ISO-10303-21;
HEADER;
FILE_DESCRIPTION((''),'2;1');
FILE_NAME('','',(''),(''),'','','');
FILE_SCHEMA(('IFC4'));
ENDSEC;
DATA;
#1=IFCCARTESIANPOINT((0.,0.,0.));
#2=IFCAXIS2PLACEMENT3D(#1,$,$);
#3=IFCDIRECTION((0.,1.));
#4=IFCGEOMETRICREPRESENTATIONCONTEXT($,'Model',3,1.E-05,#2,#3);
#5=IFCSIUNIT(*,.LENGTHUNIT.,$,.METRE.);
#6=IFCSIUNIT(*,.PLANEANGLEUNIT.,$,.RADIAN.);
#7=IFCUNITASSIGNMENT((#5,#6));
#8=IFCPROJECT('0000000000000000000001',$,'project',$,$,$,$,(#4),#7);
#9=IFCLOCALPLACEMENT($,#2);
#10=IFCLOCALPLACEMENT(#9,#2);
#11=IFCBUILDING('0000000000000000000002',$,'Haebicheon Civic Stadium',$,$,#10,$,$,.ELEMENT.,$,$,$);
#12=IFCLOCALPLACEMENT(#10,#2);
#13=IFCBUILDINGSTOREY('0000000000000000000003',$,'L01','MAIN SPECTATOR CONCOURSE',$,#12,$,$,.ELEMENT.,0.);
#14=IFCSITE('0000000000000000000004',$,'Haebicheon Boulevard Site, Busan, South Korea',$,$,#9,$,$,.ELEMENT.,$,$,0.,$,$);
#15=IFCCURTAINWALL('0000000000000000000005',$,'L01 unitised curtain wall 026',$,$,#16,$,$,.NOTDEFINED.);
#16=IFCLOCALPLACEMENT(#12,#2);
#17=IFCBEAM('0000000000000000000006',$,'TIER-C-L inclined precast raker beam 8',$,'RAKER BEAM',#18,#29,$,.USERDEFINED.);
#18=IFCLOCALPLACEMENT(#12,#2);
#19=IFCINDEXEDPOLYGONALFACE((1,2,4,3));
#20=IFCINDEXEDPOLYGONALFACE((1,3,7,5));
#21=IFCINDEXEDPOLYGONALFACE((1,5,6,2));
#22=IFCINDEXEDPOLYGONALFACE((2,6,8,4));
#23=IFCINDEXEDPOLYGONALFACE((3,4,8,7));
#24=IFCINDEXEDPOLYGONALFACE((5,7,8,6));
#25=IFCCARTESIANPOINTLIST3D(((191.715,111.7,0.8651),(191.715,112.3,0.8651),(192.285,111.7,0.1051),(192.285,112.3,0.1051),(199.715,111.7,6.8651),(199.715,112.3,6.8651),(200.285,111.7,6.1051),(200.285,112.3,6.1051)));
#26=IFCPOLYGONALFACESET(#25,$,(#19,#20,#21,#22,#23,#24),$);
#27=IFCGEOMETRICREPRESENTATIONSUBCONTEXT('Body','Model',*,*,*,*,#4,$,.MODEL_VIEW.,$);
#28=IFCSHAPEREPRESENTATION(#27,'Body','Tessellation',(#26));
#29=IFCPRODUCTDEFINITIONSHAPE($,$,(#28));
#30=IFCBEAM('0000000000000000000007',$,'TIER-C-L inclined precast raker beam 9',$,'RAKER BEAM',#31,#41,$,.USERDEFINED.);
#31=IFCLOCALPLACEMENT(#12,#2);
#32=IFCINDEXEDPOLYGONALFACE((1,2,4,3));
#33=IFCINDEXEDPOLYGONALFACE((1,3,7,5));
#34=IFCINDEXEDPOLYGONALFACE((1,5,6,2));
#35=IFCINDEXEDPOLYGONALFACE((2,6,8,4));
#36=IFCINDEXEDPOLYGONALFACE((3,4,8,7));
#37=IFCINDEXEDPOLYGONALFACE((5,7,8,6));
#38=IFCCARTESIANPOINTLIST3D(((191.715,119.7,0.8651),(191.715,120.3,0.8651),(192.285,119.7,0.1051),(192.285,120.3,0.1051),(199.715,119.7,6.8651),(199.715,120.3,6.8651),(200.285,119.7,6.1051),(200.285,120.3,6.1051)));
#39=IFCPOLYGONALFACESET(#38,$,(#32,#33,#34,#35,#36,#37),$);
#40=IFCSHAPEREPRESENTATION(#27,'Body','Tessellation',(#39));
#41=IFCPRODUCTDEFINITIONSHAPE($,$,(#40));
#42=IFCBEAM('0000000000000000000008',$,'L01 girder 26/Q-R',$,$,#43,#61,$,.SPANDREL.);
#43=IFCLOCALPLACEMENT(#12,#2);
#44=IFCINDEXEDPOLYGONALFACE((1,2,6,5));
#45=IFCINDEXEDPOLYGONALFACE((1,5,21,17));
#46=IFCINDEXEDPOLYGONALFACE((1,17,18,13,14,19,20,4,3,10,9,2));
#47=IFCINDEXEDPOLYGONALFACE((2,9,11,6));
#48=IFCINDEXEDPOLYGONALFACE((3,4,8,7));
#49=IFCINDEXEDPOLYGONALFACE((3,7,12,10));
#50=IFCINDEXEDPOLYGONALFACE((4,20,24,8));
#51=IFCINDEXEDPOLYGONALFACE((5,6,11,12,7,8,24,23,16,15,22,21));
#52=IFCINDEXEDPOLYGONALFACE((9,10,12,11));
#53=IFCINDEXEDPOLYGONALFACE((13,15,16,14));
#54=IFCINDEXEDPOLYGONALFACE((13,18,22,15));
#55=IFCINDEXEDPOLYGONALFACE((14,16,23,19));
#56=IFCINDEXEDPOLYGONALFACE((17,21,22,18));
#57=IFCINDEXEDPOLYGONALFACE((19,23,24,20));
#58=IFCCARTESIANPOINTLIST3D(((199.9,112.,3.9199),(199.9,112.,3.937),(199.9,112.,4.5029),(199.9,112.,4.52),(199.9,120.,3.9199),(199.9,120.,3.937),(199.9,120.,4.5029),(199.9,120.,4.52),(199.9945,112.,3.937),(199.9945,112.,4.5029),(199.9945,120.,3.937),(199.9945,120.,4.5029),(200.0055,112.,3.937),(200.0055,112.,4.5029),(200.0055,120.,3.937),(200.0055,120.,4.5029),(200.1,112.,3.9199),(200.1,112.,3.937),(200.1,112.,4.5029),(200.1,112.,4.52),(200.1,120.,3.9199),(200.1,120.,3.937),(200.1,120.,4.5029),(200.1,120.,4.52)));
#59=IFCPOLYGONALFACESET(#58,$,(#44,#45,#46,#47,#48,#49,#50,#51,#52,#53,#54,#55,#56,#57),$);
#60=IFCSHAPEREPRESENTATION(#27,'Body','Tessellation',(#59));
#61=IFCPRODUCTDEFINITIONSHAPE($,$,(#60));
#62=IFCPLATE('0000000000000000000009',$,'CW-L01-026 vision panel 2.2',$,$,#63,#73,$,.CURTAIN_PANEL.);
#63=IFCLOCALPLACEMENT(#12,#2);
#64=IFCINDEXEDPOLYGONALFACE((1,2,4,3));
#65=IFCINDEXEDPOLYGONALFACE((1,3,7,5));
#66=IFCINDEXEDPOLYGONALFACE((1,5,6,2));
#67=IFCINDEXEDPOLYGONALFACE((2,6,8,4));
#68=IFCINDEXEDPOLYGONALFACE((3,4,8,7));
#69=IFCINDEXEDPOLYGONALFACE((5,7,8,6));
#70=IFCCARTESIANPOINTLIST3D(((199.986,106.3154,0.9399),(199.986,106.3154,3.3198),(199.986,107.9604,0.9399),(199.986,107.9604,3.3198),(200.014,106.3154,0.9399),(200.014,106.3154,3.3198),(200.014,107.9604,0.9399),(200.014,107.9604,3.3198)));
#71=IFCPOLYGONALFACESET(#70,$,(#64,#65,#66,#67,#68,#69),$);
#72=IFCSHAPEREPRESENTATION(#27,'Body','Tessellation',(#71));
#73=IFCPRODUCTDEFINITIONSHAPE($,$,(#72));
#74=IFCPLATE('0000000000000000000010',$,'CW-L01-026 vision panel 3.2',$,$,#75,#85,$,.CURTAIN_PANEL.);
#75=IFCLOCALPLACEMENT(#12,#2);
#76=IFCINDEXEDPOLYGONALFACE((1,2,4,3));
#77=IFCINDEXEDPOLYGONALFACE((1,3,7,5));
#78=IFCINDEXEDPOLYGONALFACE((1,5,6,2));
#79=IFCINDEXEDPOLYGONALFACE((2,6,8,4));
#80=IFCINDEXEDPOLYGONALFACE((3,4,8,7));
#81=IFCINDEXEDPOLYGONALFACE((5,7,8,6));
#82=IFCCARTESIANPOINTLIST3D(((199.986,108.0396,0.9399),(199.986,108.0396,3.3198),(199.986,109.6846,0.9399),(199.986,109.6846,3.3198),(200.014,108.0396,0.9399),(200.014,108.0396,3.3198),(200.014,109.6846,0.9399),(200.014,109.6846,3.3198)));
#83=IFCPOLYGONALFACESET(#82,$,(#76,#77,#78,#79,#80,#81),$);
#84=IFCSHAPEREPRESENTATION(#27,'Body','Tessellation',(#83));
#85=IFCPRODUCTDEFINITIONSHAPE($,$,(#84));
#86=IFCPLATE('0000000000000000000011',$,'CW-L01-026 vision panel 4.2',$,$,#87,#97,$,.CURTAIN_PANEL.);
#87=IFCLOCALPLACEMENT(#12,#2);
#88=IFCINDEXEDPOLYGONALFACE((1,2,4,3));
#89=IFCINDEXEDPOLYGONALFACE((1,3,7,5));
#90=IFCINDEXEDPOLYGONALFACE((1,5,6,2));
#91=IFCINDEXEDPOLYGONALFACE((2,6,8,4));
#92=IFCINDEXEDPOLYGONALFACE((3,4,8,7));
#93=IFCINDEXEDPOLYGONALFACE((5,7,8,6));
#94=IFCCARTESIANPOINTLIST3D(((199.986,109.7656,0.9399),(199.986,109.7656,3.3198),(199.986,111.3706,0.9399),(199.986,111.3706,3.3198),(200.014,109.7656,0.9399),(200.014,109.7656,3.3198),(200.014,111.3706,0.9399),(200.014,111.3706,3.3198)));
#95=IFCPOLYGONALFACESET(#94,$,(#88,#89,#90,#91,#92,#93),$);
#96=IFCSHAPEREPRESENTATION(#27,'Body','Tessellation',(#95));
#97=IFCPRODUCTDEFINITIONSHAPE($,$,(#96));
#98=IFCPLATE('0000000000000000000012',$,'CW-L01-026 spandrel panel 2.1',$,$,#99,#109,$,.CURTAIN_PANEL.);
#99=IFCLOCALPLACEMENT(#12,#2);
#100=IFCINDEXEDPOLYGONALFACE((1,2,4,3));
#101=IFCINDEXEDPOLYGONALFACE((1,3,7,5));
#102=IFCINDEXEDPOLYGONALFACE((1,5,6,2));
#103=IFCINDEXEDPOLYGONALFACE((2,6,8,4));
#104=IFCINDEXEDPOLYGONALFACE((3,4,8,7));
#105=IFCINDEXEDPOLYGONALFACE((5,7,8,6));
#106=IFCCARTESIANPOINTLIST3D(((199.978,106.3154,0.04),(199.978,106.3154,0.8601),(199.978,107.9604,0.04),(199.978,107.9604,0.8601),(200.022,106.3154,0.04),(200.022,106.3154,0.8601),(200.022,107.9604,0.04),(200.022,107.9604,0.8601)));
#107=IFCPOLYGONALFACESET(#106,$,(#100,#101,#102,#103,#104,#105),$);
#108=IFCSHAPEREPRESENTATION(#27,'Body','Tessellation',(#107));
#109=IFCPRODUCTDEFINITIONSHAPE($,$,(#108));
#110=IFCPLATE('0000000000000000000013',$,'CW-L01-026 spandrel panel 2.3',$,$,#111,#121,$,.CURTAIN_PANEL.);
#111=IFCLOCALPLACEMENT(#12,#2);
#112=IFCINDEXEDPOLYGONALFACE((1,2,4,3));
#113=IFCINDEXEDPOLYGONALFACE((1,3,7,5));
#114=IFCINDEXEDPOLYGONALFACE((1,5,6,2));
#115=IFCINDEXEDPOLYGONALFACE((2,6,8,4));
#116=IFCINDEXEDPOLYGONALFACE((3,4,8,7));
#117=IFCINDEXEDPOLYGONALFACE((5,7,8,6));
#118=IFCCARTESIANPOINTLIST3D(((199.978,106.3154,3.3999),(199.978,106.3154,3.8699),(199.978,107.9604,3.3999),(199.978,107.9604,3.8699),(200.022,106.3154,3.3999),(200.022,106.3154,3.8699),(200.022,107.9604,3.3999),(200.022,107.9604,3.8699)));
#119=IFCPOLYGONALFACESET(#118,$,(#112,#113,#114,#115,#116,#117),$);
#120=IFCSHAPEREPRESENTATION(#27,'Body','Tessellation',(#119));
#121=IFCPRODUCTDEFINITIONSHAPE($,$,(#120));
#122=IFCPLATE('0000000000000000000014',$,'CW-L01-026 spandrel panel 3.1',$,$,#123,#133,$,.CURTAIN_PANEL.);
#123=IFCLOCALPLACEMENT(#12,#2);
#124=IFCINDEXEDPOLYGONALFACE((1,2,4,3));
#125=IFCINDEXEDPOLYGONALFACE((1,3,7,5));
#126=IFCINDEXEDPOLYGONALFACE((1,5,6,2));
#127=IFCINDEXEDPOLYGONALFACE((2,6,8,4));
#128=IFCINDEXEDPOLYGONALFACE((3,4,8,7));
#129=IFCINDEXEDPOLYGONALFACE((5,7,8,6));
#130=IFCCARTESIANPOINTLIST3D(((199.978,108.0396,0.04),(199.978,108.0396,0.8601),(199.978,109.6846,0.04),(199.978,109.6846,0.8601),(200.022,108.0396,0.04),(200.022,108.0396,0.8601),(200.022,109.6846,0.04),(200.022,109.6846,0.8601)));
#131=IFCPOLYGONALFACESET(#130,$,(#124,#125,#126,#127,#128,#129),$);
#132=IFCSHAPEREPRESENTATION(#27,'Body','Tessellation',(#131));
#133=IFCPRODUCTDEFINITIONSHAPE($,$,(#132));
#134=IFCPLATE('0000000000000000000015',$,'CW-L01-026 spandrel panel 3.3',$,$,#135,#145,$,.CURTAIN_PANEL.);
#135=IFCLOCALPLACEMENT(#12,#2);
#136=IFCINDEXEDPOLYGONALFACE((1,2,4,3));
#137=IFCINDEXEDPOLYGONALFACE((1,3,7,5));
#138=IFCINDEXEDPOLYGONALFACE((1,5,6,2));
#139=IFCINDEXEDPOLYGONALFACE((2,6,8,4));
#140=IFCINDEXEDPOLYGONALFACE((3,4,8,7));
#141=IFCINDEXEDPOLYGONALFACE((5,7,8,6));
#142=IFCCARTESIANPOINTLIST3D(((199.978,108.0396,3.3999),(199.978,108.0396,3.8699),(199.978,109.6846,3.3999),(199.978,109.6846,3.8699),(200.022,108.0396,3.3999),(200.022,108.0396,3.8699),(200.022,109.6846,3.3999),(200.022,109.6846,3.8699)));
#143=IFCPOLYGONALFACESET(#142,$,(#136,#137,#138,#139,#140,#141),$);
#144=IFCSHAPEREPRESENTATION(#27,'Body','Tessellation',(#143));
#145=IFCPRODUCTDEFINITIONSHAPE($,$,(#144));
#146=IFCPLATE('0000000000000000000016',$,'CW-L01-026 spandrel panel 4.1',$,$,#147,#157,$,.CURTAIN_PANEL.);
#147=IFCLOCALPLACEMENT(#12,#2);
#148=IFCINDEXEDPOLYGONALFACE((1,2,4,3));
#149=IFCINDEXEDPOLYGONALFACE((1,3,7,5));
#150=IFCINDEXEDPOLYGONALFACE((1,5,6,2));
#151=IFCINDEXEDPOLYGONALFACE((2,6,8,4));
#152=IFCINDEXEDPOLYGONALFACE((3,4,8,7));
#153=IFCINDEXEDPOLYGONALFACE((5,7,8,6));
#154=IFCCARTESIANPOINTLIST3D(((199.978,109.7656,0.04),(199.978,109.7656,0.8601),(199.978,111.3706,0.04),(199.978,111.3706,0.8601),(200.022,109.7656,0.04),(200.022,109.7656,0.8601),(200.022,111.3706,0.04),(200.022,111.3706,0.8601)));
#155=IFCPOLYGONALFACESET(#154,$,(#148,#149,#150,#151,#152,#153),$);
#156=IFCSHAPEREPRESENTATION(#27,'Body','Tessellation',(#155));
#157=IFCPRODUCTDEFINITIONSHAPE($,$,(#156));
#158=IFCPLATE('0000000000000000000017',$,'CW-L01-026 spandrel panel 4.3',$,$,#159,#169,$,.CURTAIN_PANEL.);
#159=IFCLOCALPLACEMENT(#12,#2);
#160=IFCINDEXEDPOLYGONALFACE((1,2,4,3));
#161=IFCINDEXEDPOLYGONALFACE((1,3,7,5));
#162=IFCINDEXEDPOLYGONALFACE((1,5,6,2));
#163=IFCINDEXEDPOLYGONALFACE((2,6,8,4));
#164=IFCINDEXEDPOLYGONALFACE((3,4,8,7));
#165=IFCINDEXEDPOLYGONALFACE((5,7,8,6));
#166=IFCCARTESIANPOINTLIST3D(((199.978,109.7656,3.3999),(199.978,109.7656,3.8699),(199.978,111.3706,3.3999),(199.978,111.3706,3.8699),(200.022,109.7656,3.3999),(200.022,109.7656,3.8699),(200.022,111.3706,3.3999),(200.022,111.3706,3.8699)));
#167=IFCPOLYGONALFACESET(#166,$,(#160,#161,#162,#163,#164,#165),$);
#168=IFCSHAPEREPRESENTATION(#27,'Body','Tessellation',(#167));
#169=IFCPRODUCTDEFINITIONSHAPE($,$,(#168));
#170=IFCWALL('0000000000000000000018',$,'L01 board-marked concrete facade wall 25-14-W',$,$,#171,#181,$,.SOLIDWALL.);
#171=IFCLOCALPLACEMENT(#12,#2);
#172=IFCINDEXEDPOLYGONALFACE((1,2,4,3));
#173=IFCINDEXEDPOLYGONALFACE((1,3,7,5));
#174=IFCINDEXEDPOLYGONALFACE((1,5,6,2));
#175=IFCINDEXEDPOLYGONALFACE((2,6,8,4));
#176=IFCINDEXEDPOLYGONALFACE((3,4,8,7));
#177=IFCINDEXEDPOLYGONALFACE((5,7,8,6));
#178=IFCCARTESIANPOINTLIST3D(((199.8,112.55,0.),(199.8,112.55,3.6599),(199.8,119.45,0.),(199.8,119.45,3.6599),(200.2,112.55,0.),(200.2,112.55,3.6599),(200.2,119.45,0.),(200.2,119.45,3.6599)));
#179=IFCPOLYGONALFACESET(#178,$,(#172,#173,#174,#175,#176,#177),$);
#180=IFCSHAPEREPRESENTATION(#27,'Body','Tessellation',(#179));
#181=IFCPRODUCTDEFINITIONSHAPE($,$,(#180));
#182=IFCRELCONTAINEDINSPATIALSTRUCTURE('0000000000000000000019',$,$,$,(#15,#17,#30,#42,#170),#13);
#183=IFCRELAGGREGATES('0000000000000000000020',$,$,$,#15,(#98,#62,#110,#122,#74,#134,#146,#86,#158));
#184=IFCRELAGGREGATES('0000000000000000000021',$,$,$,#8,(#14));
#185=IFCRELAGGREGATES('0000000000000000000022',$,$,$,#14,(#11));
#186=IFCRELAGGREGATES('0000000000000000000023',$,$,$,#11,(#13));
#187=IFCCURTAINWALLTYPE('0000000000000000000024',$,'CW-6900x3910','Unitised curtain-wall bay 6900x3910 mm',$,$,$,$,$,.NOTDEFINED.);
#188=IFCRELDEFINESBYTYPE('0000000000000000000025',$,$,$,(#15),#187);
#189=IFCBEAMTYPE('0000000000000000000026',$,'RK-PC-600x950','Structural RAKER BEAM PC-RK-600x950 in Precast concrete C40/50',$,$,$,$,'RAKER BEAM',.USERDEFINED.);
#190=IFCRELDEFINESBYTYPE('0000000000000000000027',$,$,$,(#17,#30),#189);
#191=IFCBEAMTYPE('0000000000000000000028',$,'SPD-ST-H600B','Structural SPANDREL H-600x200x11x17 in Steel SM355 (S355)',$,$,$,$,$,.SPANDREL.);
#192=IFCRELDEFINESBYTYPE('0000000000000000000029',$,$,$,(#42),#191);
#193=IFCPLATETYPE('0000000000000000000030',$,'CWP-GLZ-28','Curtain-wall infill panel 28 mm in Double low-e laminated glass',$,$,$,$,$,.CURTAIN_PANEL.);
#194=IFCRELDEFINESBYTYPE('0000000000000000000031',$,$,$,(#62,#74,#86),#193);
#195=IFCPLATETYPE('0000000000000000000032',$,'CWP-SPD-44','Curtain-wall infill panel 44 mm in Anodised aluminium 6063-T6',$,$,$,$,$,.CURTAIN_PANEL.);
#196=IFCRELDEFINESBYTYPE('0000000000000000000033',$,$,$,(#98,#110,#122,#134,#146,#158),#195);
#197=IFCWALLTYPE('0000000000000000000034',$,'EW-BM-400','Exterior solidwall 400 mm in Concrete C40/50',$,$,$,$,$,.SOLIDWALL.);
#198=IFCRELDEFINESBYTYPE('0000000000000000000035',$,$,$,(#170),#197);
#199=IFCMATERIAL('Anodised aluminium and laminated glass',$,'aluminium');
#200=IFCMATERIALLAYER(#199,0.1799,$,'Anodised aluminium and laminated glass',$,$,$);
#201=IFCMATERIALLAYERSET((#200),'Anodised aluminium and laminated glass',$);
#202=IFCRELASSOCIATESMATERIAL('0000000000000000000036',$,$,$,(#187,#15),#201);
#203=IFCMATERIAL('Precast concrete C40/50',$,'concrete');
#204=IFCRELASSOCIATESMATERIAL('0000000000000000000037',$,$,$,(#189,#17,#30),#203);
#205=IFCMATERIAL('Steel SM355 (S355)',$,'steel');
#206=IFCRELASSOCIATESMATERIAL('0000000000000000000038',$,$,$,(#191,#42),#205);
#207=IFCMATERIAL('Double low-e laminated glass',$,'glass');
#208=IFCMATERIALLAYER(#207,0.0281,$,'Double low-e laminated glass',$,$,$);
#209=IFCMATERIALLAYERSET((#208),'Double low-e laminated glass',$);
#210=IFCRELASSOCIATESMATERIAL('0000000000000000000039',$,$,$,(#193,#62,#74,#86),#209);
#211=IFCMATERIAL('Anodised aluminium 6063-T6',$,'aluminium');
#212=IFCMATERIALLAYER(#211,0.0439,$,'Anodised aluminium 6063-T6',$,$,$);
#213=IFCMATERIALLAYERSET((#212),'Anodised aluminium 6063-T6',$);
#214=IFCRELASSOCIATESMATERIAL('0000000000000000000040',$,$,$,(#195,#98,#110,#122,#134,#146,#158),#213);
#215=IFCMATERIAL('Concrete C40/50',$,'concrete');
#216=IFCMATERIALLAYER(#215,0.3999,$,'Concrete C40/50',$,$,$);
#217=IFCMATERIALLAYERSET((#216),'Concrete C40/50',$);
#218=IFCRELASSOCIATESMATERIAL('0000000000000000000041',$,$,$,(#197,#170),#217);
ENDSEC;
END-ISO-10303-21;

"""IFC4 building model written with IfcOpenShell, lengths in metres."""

from ifc_helpers import new_model, si_unit, direction, frame, frame_2d, origin, origin_2d, place, context, subcontext, project, spatial, rectangle, i_section, extrude, material, layer, layer_set, material_profile, profile_set, type_object, element, aggregate, save


model = new_model("IFC4")

# Units and contexts
model_context = context("Model", 3, precision=1e-05, world=origin(), true_north=direction((0.0, 1.0)))
body_context = subcontext(model_context, "Body", "Model", "MODEL_VIEW")
ifc_project = project(units=[si_unit("LENGTHUNIT", "METRE"), si_unit("PLANEANGLEUNIT", "RADIAN")], contexts=[model_context])

# Site, building, storey
site_placement = place(None, origin())
site = spatial("IfcSite", under=ifc_project, at=site_placement, Name="Haebicheon Boulevard Site, Busan, South Korea", CompositionType="ELEMENT", RefElevation=0.0)
building_placement = place(site_placement, origin())
building = spatial("IfcBuilding", under=site, at=building_placement, Name="Haebicheon Civic Stadium", CompositionType="ELEMENT")
storey_placement = place(building_placement, origin())
storey = spatial("IfcBuildingStorey", under=building, at=storey_placement, Name="L01", Description="MAIN SPECTATOR CONCOURSE", CompositionType="ELEMENT", Elevation=0.0)

# Curtain wall
ifc_material_1 = material(Name="Anodised aluminium and laminated glass", Category="aluminium")
ifc_layer_1 = layer(ifc_material_1, 0.1799, Name="Anodised aluminium and laminated glass")
ifc_layer_set_1 = layer_set([ifc_layer_1], Name="Anodised aluminium and laminated glass")
curtain_wall_type = type_object("IfcCurtainWallType", Name="CW-6900x3910", Description="Unitised curtain-wall bay 6900x3910 mm", PredefinedType="NOTDEFINED", material=ifc_layer_set_1)
curtain_wall_placement = place(storey_placement, origin())
curtain_wall = element("IfcCurtainWall", 1, at=curtain_wall_placement, inside=storey, type_object=curtain_wall_type, material=ifc_layer_set_1, Name="L01 unitised curtain wall 026", PredefinedType="NOTDEFINED")

# Beams
ifc_material_2 = material(Name="Precast concrete C40/50", Category="concrete")
ifc_material_profile_1 = material_profile(ifc_material_2, rectangle(XDim=0.6001, YDim=0.95, at=origin_2d()), Name="PC-RK-600x950")
ifc_profile_set_1 = profile_set([ifc_material_profile_1], Name="Precast concrete C40/50")
beam_type_1 = type_object("IfcBeamType", Name="RK-PC-600x950", Description="Structural RAKER BEAM PC-RK-600x950 in Precast concrete C40/50", ElementType="RAKER BEAM", PredefinedType="USERDEFINED", material=ifc_profile_set_1)
for number, where, z_axis, x_axis, name in (
    (2, (192.0, 112.0, 0.4851), (0.8, 0.0, 0.6), (0.0, 1.0, 0.0), "TIER-C-L inclined precast raker beam 8"),
    (3, (192.0, 120.0, 0.4851), (0.8, 0.0, 0.6), (0.0, 1.0, 0.0), "TIER-C-L inclined precast raker beam 9"),
):
    element("IfcBeam", number, at=place(storey_placement, frame(where, z_axis=z_axis, x_axis=x_axis)), inside=storey, type_object=beam_type_1, material=ifc_profile_set_1, Name=name, ObjectType="RAKER BEAM", PredefinedType="USERDEFINED", context=body_context, shape_type="SweptSolid", body=[
        extrude(rectangle(XDim=0.6001, YDim=0.95, at=origin_2d()), origin(), (0.0, 0.0, 1.0), 10.0),
    ])
ifc_material_3 = material(Name="Steel SM355 (S355)", Category="steel")
ifc_material_profile_2 = material_profile(ifc_material_3, i_section(OverallWidth=0.2, OverallDepth=0.6001, WebThickness=0.011, FlangeThickness=0.0171, at=origin_2d()), Name="H-600x200x11x17")
ifc_profile_set_2 = profile_set([ifc_material_profile_2], Name="Steel SM355 (S355)")
beam_type_2 = type_object("IfcBeamType", Name="SPD-ST-H600B", Description="Structural SPANDREL H-600x200x11x17 in Steel SM355 (S355)", PredefinedType="SPANDREL", material=ifc_profile_set_2)
beam_1_placement = place(storey_placement, frame((200.0, 112.0, 4.22), z_axis=(0.0, 1.0, 0.0), x_axis=(-1.0, 0.0, 0.0)))
element("IfcBeam", 4, at=beam_1_placement, inside=storey, type_object=beam_type_2, material=ifc_profile_set_2, Name="L01 girder 26/Q-R", PredefinedType="SPANDREL", context=body_context, shape_type="SweptSolid", body=[
    extrude(i_section(OverallWidth=0.2, OverallDepth=0.6001, WebThickness=0.011, FlangeThickness=0.0171, at=origin_2d()), origin(), (0.0, 0.0, 1.0), 8.0),
])

# Plates
ifc_material_4 = material(Name="Double low-e laminated glass", Category="glass")
ifc_layer_2 = layer(ifc_material_4, 0.0281, Name="Double low-e laminated glass")
ifc_layer_set_2 = layer_set([ifc_layer_2], Name="Double low-e laminated glass")
plate_type_1 = type_object("IfcPlateType", Name="CWP-GLZ-28", Description="Curtain-wall infill panel 28 mm in Double low-e laminated glass", PredefinedType="CURTAIN_PANEL", material=ifc_layer_set_2)
plate_1_placement = place(storey_placement, frame((200.0, 107.1379, 0.9399), z_axis=(0.0, 0.0, 1.0), x_axis=(0.0, 1.0, 0.0)))
plate_1 = element("IfcPlate", 5, at=plate_1_placement, type_object=plate_type_1, material=ifc_layer_set_2, Name="CW-L01-026 vision panel 2.2", PredefinedType="CURTAIN_PANEL", context=body_context, shape_type="SweptSolid", body=[
    extrude(rectangle(XDim=1.645, YDim=0.0281, at=origin_2d()), origin(), (0.0, 0.0, 1.0), 2.3799),
])
plate_2_placement = place(storey_placement, frame((200.0, 108.8621, 0.9399), z_axis=(0.0, 0.0, 1.0), x_axis=(0.0, 1.0, 0.0)))
plate_2 = element("IfcPlate", 6, at=plate_2_placement, type_object=plate_type_1, material=ifc_layer_set_2, Name="CW-L01-026 vision panel 3.2", PredefinedType="CURTAIN_PANEL", context=body_context, shape_type="SweptSolid", body=[
    extrude(rectangle(XDim=1.645, YDim=0.0281, at=origin_2d()), origin(), (0.0, 0.0, 1.0), 2.3799),
])
plate_3_placement = place(storey_placement, frame((200.0, 110.5681, 0.9399), z_axis=(0.0, 0.0, 1.0), x_axis=(0.0, 1.0, 0.0)))
plate_3 = element("IfcPlate", 7, at=plate_3_placement, type_object=plate_type_1, material=ifc_layer_set_2, Name="CW-L01-026 vision panel 4.2", PredefinedType="CURTAIN_PANEL", context=body_context, shape_type="SweptSolid", body=[
    extrude(rectangle(XDim=1.605, YDim=0.0281, at=origin_2d()), origin(), (0.0, 0.0, 1.0), 2.3799),
])
ifc_material_5 = material(Name="Anodised aluminium 6063-T6", Category="aluminium")
ifc_layer_3 = layer(ifc_material_5, 0.0439, Name="Anodised aluminium 6063-T6")
ifc_layer_set_3 = layer_set([ifc_layer_3], Name="Anodised aluminium 6063-T6")
plate_type_2 = type_object("IfcPlateType", Name="CWP-SPD-44", Description="Curtain-wall infill panel 44 mm in Anodised aluminium 6063-T6", PredefinedType="CURTAIN_PANEL", material=ifc_layer_set_3)
plate_4_placement = place(storey_placement, frame((200.0, 107.1379, 0.04), z_axis=(0.0, 0.0, 1.0), x_axis=(0.0, 1.0, 0.0)))
plate_4 = element("IfcPlate", 8, at=plate_4_placement, type_object=plate_type_2, material=ifc_layer_set_3, Name="CW-L01-026 spandrel panel 2.1", PredefinedType="CURTAIN_PANEL", context=body_context, shape_type="SweptSolid", body=[
    extrude(rectangle(XDim=1.645, YDim=0.0439, at=origin_2d()), origin(), (0.0, 0.0, 1.0), 0.8201),
])
plate_5_placement = place(storey_placement, frame((200.0, 107.1379, 3.3999), z_axis=(0.0, 0.0, 1.0), x_axis=(0.0, 1.0, 0.0)))
plate_5 = element("IfcPlate", 9, at=plate_5_placement, type_object=plate_type_2, material=ifc_layer_set_3, Name="CW-L01-026 spandrel panel 2.3", PredefinedType="CURTAIN_PANEL", context=body_context, shape_type="SweptSolid", body=[
    extrude(rectangle(XDim=1.645, YDim=0.0439, at=origin_2d()), origin(), (0.0, 0.0, 1.0), 0.47),
])
plate_6_placement = place(storey_placement, frame((200.0, 108.8621, 0.04), z_axis=(0.0, 0.0, 1.0), x_axis=(0.0, 1.0, 0.0)))
plate_6 = element("IfcPlate", 10, at=plate_6_placement, type_object=plate_type_2, material=ifc_layer_set_3, Name="CW-L01-026 spandrel panel 3.1", PredefinedType="CURTAIN_PANEL", context=body_context, shape_type="SweptSolid", body=[
    extrude(rectangle(XDim=1.645, YDim=0.0439, at=origin_2d()), origin(), (0.0, 0.0, 1.0), 0.8201),
])
plate_7_placement = place(storey_placement, frame((200.0, 108.8621, 3.3999), z_axis=(0.0, 0.0, 1.0), x_axis=(0.0, 1.0, 0.0)))
plate_7 = element("IfcPlate", 11, at=plate_7_placement, type_object=plate_type_2, material=ifc_layer_set_3, Name="CW-L01-026 spandrel panel 3.3", PredefinedType="CURTAIN_PANEL", context=body_context, shape_type="SweptSolid", body=[
    extrude(rectangle(XDim=1.645, YDim=0.0439, at=origin_2d()), origin(), (0.0, 0.0, 1.0), 0.47),
])
plate_8_placement = place(storey_placement, frame((200.0, 110.5681, 0.04), z_axis=(0.0, 0.0, 1.0), x_axis=(0.0, 1.0, 0.0)))
plate_8 = element("IfcPlate", 12, at=plate_8_placement, type_object=plate_type_2, material=ifc_layer_set_3, Name="CW-L01-026 spandrel panel 4.1", PredefinedType="CURTAIN_PANEL", context=body_context, shape_type="SweptSolid", body=[
    extrude(rectangle(XDim=1.605, YDim=0.0439, at=origin_2d()), origin(), (0.0, 0.0, 1.0), 0.8201),
])
plate_9_placement = place(storey_placement, frame((200.0, 110.5681, 3.3999), z_axis=(0.0, 0.0, 1.0), x_axis=(0.0, 1.0, 0.0)))
plate_9 = element("IfcPlate", 13, at=plate_9_placement, type_object=plate_type_2, material=ifc_layer_set_3, Name="CW-L01-026 spandrel panel 4.3", PredefinedType="CURTAIN_PANEL", context=body_context, shape_type="SweptSolid", body=[
    extrude(rectangle(XDim=1.605, YDim=0.0439, at=origin_2d()), origin(), (0.0, 0.0, 1.0), 0.47),
])
aggregate(curtain_wall, [plate_4, plate_1, plate_5, plate_6, plate_2, plate_7, plate_8, plate_3, plate_9])

# Wall
ifc_material_6 = material(Name="Concrete C40/50", Category="concrete")
ifc_layer_4 = layer(ifc_material_6, 0.3999, Name="Concrete C40/50")
ifc_layer_set_4 = layer_set([ifc_layer_4], Name="Concrete C40/50")
wall_type = type_object("IfcWallType", Name="EW-BM-400", Description="Exterior solidwall 400 mm in Concrete C40/50", PredefinedType="SOLIDWALL", material=ifc_layer_set_4)
wall_placement = place(storey_placement, frame((200.0, 112.55, 0.0), z_axis=(0.0, 0.0, 1.0), x_axis=(0.0, 1.0, 0.0)))
element("IfcWall", 14, at=wall_placement, inside=storey, type_object=wall_type, material=ifc_layer_set_4, Name="L01 board-marked concrete facade wall 25-14-W", PredefinedType="SOLIDWALL", context=body_context, shape_type="SweptSolid", body=[
    extrude(rectangle(XDim=6.8999, YDim=0.3999, at=frame_2d((3.45, 0.0))), origin(), (0.0, 0.0, 1.0), 3.6599),
])

save(model, "model.ifc")
